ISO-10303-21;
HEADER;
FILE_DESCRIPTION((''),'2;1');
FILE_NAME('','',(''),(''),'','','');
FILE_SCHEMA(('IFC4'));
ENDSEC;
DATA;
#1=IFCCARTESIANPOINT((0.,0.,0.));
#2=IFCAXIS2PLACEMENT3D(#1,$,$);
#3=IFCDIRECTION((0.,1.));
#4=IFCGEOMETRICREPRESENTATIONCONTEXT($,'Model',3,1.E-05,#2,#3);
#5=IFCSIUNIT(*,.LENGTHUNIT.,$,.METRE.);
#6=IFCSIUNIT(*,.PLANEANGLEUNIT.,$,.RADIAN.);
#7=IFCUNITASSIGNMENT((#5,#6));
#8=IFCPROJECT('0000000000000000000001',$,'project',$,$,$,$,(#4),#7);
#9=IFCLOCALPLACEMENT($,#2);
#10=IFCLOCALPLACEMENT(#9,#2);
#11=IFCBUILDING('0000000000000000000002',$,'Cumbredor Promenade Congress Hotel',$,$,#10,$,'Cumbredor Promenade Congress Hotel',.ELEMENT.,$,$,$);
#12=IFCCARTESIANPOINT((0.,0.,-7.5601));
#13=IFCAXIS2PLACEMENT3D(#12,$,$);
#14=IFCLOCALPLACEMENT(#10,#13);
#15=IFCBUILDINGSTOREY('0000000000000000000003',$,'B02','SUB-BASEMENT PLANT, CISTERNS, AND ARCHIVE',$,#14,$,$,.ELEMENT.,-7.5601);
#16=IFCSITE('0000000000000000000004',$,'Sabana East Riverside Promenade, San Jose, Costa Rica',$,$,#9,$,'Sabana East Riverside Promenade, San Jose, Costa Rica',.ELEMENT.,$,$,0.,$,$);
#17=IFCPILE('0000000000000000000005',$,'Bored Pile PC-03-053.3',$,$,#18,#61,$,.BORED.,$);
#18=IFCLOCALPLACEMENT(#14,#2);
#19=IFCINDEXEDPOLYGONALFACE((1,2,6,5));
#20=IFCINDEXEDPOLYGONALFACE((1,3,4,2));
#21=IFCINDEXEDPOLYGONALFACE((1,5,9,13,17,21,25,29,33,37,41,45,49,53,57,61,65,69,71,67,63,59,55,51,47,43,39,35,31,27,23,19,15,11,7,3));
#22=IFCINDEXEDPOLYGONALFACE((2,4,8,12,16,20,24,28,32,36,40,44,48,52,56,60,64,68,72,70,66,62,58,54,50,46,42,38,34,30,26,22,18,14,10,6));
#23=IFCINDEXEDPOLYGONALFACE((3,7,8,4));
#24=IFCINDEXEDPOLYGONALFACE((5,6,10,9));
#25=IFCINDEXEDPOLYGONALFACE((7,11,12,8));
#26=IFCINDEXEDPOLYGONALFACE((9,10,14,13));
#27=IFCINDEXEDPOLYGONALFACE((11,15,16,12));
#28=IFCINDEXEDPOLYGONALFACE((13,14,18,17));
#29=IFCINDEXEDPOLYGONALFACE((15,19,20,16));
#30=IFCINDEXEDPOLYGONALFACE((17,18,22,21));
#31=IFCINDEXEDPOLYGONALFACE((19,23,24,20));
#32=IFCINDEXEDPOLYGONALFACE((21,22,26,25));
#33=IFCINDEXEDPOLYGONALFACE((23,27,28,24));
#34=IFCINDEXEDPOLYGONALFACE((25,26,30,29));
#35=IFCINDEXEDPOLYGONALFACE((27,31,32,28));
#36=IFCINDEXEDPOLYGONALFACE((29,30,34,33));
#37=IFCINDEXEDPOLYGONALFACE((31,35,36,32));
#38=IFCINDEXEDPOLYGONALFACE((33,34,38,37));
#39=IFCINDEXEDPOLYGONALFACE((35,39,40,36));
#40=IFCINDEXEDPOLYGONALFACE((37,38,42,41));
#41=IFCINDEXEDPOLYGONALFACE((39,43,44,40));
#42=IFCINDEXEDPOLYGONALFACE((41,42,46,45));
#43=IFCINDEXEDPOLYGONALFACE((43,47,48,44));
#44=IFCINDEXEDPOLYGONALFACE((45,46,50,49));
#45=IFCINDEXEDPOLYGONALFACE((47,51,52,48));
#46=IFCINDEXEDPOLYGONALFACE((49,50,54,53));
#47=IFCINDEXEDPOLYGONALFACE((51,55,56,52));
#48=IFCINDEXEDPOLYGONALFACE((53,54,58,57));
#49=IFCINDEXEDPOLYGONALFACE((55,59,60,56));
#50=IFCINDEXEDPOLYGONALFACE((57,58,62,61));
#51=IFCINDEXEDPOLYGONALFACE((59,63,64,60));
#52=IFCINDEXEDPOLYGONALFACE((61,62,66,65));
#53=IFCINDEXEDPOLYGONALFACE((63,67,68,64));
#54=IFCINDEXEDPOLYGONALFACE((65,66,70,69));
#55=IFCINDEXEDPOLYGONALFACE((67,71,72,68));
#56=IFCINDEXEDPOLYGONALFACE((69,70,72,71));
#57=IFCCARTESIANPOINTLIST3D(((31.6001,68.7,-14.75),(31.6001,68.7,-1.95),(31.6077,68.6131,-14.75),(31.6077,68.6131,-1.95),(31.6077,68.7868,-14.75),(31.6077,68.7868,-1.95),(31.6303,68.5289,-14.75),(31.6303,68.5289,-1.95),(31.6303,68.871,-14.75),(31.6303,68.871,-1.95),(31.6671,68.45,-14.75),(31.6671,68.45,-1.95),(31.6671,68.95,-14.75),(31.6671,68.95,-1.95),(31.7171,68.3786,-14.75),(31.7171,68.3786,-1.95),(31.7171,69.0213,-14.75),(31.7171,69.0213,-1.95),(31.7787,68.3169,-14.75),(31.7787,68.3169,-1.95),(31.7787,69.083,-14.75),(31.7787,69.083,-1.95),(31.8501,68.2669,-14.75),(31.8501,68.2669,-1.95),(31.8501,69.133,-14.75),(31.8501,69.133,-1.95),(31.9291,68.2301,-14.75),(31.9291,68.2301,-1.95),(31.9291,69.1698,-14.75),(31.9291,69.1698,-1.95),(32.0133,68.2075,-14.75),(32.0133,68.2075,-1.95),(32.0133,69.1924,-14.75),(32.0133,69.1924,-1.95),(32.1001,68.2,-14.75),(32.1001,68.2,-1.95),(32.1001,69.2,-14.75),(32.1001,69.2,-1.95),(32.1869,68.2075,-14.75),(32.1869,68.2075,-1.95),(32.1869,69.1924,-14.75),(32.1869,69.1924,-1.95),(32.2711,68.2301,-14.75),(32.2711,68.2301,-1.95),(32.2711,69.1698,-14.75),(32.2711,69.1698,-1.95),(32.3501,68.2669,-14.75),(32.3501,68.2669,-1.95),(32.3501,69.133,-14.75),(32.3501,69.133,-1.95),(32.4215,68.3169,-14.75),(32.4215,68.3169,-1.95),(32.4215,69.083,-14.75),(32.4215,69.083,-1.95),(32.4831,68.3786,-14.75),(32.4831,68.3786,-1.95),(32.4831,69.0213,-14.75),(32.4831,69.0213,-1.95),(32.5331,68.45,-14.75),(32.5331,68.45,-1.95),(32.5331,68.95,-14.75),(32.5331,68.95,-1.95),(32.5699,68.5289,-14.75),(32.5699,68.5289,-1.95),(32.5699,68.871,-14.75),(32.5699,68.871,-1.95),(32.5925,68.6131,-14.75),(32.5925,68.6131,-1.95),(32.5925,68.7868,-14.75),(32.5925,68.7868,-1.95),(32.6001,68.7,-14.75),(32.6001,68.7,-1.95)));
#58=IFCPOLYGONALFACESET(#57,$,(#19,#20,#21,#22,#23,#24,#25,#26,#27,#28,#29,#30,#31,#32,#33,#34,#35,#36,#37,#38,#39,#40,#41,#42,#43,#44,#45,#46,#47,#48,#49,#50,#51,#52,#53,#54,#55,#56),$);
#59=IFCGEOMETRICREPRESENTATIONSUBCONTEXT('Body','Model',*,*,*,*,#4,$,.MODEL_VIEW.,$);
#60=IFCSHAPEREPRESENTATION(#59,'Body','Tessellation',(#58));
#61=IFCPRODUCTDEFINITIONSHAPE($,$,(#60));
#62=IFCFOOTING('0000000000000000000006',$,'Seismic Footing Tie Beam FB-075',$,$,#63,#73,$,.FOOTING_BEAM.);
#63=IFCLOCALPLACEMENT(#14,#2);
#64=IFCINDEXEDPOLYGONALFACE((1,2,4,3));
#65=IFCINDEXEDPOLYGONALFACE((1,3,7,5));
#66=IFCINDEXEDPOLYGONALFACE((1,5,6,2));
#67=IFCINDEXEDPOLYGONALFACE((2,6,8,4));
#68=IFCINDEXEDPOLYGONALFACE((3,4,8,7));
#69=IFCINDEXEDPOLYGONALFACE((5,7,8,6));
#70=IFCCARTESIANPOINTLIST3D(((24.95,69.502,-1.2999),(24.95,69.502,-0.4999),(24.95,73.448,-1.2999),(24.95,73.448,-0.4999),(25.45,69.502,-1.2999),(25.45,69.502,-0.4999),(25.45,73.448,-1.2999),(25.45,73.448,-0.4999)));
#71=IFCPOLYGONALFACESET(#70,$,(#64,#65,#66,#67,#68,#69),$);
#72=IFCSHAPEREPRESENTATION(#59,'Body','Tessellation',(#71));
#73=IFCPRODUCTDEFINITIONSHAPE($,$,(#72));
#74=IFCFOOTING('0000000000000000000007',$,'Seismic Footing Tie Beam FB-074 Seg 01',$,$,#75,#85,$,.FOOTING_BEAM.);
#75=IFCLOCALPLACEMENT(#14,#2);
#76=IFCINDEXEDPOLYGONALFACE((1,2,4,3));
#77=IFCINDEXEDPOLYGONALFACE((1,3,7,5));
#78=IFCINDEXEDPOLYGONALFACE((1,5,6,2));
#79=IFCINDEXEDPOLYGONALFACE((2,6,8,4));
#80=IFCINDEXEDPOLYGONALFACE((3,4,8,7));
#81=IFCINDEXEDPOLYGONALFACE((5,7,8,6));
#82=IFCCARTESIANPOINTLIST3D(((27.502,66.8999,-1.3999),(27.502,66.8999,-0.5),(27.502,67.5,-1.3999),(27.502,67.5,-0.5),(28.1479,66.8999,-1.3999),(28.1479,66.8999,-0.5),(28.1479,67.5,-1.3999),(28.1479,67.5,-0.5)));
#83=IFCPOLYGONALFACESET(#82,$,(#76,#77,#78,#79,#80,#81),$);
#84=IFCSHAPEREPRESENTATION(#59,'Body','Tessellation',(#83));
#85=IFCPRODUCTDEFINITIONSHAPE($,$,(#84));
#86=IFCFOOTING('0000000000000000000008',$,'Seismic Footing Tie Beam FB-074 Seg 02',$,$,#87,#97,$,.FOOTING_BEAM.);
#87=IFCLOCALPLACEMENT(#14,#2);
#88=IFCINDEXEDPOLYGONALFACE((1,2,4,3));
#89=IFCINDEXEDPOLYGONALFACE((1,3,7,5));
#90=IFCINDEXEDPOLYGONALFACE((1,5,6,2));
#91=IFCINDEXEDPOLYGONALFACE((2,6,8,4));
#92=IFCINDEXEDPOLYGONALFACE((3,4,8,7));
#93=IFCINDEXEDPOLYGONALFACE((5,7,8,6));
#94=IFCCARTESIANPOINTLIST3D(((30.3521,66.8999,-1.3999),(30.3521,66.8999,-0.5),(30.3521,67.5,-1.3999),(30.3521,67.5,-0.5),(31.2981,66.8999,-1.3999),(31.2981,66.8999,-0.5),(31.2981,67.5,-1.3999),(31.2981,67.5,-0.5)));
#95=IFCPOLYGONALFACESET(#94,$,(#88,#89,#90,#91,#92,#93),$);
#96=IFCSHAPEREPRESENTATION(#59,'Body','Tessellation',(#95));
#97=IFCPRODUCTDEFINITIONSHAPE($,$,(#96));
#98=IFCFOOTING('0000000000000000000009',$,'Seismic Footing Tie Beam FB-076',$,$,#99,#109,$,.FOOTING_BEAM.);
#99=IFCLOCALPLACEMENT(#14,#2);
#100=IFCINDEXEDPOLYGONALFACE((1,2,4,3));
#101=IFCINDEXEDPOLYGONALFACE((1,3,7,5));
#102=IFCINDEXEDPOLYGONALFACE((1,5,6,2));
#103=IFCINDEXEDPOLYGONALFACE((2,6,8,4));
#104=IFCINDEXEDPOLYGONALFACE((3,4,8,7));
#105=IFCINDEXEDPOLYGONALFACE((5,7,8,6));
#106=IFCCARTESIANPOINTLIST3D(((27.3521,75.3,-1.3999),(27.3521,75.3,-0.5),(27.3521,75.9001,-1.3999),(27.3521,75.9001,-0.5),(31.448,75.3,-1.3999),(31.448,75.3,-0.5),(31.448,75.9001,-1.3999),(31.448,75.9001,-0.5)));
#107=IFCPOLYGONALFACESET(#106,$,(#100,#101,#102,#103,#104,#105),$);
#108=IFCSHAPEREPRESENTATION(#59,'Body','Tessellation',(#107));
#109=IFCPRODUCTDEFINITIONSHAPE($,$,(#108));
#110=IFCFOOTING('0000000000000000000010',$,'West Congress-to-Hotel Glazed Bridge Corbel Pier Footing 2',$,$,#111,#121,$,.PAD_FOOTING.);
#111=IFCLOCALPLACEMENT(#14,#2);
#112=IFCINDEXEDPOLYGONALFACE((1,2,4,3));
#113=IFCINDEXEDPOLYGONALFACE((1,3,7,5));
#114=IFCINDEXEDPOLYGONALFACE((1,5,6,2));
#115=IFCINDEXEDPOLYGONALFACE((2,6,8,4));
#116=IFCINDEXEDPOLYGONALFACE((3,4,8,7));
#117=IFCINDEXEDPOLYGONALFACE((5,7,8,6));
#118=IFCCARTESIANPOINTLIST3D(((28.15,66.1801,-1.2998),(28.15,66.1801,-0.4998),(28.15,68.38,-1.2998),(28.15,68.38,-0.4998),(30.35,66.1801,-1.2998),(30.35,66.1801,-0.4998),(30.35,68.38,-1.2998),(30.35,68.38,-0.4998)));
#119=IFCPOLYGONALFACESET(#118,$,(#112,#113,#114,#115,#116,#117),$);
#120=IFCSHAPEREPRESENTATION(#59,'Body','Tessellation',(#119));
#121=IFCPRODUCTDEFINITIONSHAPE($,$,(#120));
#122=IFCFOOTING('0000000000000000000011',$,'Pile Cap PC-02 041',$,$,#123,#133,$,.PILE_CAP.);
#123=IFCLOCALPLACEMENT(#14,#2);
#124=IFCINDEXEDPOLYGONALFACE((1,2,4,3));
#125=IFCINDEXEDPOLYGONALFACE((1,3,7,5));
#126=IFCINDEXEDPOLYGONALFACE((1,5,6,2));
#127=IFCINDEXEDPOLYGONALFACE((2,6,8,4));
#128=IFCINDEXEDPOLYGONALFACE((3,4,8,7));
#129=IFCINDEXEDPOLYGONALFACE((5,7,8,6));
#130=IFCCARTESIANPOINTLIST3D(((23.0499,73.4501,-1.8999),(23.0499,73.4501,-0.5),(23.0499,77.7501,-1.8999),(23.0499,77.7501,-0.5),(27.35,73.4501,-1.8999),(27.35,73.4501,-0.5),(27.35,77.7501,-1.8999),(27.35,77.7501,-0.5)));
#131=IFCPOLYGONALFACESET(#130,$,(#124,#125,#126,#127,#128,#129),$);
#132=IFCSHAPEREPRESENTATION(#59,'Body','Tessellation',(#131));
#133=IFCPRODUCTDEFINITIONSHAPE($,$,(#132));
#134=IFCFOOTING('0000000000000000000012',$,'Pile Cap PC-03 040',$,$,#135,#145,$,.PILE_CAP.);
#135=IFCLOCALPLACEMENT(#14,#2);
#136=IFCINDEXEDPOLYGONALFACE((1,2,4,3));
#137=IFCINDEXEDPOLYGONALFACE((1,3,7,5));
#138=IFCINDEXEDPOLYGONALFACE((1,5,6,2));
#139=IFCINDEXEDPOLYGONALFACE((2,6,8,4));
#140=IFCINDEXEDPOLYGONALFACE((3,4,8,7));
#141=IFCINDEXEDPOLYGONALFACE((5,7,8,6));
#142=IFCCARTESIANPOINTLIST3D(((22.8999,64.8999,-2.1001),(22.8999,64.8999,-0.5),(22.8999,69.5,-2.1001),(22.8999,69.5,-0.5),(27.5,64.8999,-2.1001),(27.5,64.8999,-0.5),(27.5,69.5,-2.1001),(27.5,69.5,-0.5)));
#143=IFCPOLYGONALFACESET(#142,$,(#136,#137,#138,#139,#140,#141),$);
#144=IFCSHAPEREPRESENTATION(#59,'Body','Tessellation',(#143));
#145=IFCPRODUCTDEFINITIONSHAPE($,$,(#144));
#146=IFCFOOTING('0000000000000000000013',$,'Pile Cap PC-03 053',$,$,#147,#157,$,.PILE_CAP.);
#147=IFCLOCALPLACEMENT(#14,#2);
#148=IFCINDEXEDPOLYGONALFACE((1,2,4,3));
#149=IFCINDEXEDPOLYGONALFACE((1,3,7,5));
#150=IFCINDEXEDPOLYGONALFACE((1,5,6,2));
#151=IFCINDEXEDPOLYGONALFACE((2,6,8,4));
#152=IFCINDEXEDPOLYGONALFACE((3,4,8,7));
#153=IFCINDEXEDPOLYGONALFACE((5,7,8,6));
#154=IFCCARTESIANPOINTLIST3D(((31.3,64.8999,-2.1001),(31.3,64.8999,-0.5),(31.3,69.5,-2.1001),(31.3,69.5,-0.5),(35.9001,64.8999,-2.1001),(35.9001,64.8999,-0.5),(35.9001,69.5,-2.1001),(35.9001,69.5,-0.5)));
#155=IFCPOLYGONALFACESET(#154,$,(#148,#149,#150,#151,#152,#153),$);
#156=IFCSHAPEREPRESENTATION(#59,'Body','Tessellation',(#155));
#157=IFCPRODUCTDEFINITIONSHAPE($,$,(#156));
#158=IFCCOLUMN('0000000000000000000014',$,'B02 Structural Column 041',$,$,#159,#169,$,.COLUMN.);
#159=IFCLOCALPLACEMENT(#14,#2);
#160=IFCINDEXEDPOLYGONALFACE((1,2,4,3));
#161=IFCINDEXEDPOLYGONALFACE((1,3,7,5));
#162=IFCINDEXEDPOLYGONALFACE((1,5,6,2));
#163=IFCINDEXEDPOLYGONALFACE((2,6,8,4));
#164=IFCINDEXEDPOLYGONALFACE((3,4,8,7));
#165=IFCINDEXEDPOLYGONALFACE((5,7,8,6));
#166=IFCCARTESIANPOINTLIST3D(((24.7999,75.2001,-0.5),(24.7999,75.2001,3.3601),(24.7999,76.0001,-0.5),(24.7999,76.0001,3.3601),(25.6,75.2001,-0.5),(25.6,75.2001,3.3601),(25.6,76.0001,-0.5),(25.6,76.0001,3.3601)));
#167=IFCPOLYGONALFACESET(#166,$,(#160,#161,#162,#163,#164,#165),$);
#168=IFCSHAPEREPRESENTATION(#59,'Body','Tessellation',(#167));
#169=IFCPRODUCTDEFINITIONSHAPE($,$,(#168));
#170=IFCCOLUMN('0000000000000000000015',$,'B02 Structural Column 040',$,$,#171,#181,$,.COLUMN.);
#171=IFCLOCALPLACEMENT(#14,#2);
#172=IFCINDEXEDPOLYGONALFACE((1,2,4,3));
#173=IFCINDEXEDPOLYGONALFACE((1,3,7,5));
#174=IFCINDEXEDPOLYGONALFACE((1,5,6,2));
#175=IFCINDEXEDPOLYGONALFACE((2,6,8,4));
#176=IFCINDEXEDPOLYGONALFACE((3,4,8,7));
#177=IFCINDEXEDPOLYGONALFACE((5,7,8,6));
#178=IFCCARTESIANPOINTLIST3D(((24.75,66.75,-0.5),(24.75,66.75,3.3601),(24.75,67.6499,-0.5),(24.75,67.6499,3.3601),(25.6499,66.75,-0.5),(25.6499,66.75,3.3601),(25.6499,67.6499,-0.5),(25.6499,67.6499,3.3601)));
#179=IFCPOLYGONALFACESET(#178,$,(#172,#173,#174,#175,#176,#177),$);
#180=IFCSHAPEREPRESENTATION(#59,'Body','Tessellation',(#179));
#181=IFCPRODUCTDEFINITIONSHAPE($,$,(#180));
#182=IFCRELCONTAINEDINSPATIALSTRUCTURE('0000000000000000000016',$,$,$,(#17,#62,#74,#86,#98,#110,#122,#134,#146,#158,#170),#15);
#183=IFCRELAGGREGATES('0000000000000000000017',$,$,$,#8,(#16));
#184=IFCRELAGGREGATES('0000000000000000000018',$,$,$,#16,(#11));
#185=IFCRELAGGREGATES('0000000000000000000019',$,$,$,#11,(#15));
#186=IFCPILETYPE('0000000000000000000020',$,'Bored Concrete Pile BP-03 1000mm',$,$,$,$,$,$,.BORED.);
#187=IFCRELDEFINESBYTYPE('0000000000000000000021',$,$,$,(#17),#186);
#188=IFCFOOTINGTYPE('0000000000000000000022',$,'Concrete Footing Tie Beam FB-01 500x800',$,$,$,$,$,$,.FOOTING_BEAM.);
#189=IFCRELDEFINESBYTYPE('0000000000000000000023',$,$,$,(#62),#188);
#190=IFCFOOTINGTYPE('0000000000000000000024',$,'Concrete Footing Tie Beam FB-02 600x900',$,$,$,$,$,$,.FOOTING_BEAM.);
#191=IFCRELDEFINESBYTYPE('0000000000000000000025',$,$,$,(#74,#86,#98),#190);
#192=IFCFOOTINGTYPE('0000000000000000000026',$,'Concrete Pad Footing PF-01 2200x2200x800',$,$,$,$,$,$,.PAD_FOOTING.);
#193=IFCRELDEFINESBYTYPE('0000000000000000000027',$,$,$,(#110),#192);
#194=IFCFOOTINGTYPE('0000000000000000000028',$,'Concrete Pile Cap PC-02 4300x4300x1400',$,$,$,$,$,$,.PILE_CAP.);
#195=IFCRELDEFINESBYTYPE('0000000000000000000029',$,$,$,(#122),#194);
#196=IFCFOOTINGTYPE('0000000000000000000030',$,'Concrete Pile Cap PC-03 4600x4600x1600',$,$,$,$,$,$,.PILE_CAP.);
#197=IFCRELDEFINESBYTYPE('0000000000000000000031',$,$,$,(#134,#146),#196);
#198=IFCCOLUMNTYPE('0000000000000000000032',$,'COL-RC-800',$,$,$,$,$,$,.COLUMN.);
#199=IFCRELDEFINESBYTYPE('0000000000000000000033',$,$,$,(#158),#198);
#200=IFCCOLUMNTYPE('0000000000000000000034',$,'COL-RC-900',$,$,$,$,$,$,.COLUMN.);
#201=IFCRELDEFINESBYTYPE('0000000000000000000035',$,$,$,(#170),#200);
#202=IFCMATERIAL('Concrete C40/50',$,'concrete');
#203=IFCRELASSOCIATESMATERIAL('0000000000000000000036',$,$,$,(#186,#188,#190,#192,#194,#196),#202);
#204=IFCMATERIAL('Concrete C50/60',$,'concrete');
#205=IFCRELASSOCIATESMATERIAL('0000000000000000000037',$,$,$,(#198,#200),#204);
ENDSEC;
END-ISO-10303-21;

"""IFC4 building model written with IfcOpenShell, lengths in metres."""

from ifc_helpers import new_model, si_unit, direction, frame, origin, origin_2d, place, context, subcontext, project, spatial, rectangle, circle, extrude, material, material_profile, profile_set, type_object, element, save


model = new_model("IFC4")

# Units and contexts
model_context = context("Model", 3, precision=1e-05, world=origin(), true_north=direction((0.0, 1.0)))
body_context = subcontext(model_context, "Body", "Model", "MODEL_VIEW")
ifc_project = project(units=[si_unit("LENGTHUNIT", "METRE"), si_unit("PLANEANGLEUNIT", "RADIAN")], contexts=[model_context])

# Site, building, storey
site_placement = place(None, origin())
site = spatial("IfcSite", under=ifc_project, at=site_placement, Name="Sabana East Riverside Promenade, San Jose, Costa Rica", LongName="Sabana East Riverside Promenade, San Jose, Costa Rica", CompositionType="ELEMENT", RefElevation=0.0)
building_placement = place(site_placement, origin())
building = spatial("IfcBuilding", under=site, at=building_placement, Name="Cumbredor Promenade Congress Hotel", LongName="Cumbredor Promenade Congress Hotel", CompositionType="ELEMENT")
storey_placement = place(building_placement, frame((0.0, 0.0, -7.5601)))
storey = spatial("IfcBuildingStorey", under=building, at=storey_placement, Name="B02", Description="SUB-BASEMENT PLANT, CISTERNS, AND ARCHIVE", CompositionType="ELEMENT", Elevation=-7.5601)

# Pile
ifc_material_1 = material(Name="Concrete C40/50", Category="concrete")
ifc_material_profile_1 = material_profile(ifc_material_1, circle(Radius=0.5, at=origin_2d()), Name="PILE D1000")
ifc_profile_set_1 = profile_set([ifc_material_profile_1], Name="Concrete C40/50")
pile_type_1 = type_object("IfcPileType", Name="Bored Concrete Pile BP-03 1000mm", PredefinedType="BORED", material=ifc_profile_set_1)
for number, where, z_axis, x_axis, name in (
    (1, (32.1001, 68.7, -1.95), (0.0, 0.0, -1.0), (1.0, 0.0, 0.0), "Bored Pile PC-03-053.3"),
):
    element("IfcPile", number, at=place(storey_placement, frame(where, z_axis=z_axis, x_axis=x_axis)), inside=storey, type_object=pile_type_1, Name=name, PredefinedType="BORED", context=body_context, shape_type="SweptSolid", body=[
        extrude(circle(Radius=0.5, at=origin_2d()), origin(), (0.0, 0.0, 1.0), 12.8),
    ])

# Footings
ifc_material_profile_2 = material_profile(ifc_material_1, rectangle(XDim=0.5, YDim=0.8, at=origin_2d()), Name="FB 500x800")
ifc_profile_set_2 = profile_set([ifc_material_profile_2], Name="Concrete C40/50")
footing_type_1 = type_object("IfcFootingType", Name="Concrete Footing Tie Beam FB-01 500x800", PredefinedType="FOOTING_BEAM", material=ifc_profile_set_2)
footing_1_placement = place(storey_placement, frame((25.2, 69.502, -0.8999), z_axis=(0.0, 1.0, 0.0), x_axis=(-1.0, 0.0, 0.0)))
element("IfcFooting", 2, at=footing_1_placement, inside=storey, type_object=footing_type_1, Name="Seismic Footing Tie Beam FB-075", PredefinedType="FOOTING_BEAM", context=body_context, shape_type="SweptSolid", body=[
    extrude(rectangle(XDim=0.5, YDim=0.8, at=origin_2d()), origin(), (0.0, 0.0, 1.0), 3.946),
])
ifc_material_profile_3 = material_profile(ifc_material_1, rectangle(XDim=0.6001, YDim=0.8999, at=origin_2d()), Name="FB 600x900")
ifc_profile_set_3 = profile_set([ifc_material_profile_3], Name="Concrete C40/50")
footing_type_2 = type_object("IfcFootingType", Name="Concrete Footing Tie Beam FB-02 600x900", PredefinedType="FOOTING_BEAM", material=ifc_profile_set_3)
footing_2_placement = place(storey_placement, frame((27.502, 67.2, -0.95), z_axis=(1.0, 0.0, 0.0), x_axis=(0.0, 1.0, 0.0)))
element("IfcFooting", 3, at=footing_2_placement, inside=storey, type_object=footing_type_2, Name="Seismic Footing Tie Beam FB-074 Seg 01", PredefinedType="FOOTING_BEAM", context=body_context, shape_type="SweptSolid", body=[
    extrude(rectangle(XDim=0.6001, YDim=0.8999, at=origin_2d()), origin(), (0.0, 0.0, 1.0), 0.646),
])
footing_3_placement = place(storey_placement, frame((30.3521, 67.2, -0.95), z_axis=(1.0, 0.0, 0.0), x_axis=(0.0, 1.0, 0.0)))
element("IfcFooting", 4, at=footing_3_placement, inside=storey, type_object=footing_type_2, Name="Seismic Footing Tie Beam FB-074 Seg 02", PredefinedType="FOOTING_BEAM", context=body_context, shape_type="SweptSolid", body=[
    extrude(rectangle(XDim=0.6001, YDim=0.8999, at=origin_2d()), origin(), (0.0, 0.0, 1.0), 0.946),
])
footing_4_placement = place(storey_placement, frame((27.3521, 75.6001, -0.95), z_axis=(1.0, 0.0, 0.0), x_axis=(0.0, 1.0, 0.0)))
element("IfcFooting", 5, at=footing_4_placement, inside=storey, type_object=footing_type_2, Name="Seismic Footing Tie Beam FB-076", PredefinedType="FOOTING_BEAM", context=body_context, shape_type="SweptSolid", body=[
    extrude(rectangle(XDim=0.6001, YDim=0.8999, at=origin_2d()), origin(), (0.0, 0.0, 1.0), 4.0959),
])
footing_type_3 = type_object("IfcFootingType", Name="Concrete Pad Footing PF-01 2200x2200x800", PredefinedType="PAD_FOOTING", material=ifc_material_1)
footing_5_placement = place(storey_placement, frame((29.25, 67.28, -1.2998), z_axis=(0.0, 0.0, 1.0), x_axis=(1.0, 0.0, 0.0)))
element("IfcFooting", 6, at=footing_5_placement, inside=storey, type_object=footing_type_3, Name="West Congress-to-Hotel Glazed Bridge Corbel Pier Footing 2", PredefinedType="PAD_FOOTING", context=body_context, shape_type="SweptSolid", body=[
    extrude(rectangle(XDim=2.2, YDim=2.2, at=origin_2d()), origin(), (0.0, 0.0, 1.0), 0.8),
])
footing_type_4 = type_object("IfcFootingType", Name="Concrete Pile Cap PC-02 4300x4300x1400", PredefinedType="PILE_CAP", material=ifc_material_1)
footing_6_placement = place(storey_placement, frame((25.2, 75.6001, -1.8999), z_axis=(0.0, 0.0, 1.0), x_axis=(1.0, 0.0, 0.0)))
element("IfcFooting", 7, at=footing_6_placement, inside=storey, type_object=footing_type_4, Name="Pile Cap PC-02 041", PredefinedType="PILE_CAP", context=body_context, shape_type="SweptSolid", body=[
    extrude(rectangle(XDim=4.3, YDim=4.3, at=origin_2d()), origin(), (0.0, 0.0, 1.0), 1.3999),
])
footing_type_5 = type_object("IfcFootingType", Name="Concrete Pile Cap PC-03 4600x4600x1600", PredefinedType="PILE_CAP", material=ifc_material_1)
for number, where, z_axis, x_axis, name in (
    (8, (25.2, 67.2, -2.1001), (0.0, 0.0, 1.0), (1.0, 0.0, 0.0), "Pile Cap PC-03 040"),
    (9, (33.6001, 67.2, -2.1001), (0.0, 0.0, 1.0), (1.0, 0.0, 0.0), "Pile Cap PC-03 053"),
):
    element("IfcFooting", number, at=place(storey_placement, frame(where, z_axis=z_axis, x_axis=x_axis)), inside=storey, type_object=footing_type_5, Name=name, PredefinedType="PILE_CAP", context=body_context, shape_type="SweptSolid", body=[
        extrude(rectangle(XDim=4.6001, YDim=4.6001, at=origin_2d()), origin(), (0.0, 0.0, 1.0), 1.6001),
    ])

# Columns
ifc_material_2 = material(Name="Concrete C50/60", Category="concrete")
ifc_material_profile_4 = material_profile(ifc_material_2, rectangle(XDim=0.8, YDim=0.8, at=origin_2d()), Name="RC 800x800")
ifc_profile_set_4 = profile_set([ifc_material_profile_4], Name="Concrete C50/60")
column_type_1 = type_object("IfcColumnType", Name="COL-RC-800", PredefinedType="COLUMN", material=ifc_profile_set_4)
column_1_placement = place(storey_placement, frame((25.2, 75.6001, -0.5), z_axis=(0.0, 0.0, 1.0), x_axis=(1.0, 0.0, 0.0)))
element("IfcColumn", 10, at=column_1_placement, inside=storey, type_object=column_type_1, Name="B02 Structural Column 041", PredefinedType="COLUMN", context=body_context, shape_type="SweptSolid", body=[
    extrude(rectangle(XDim=0.8, YDim=0.8, at=origin_2d()), origin(), (0.0, 0.0, 1.0), 3.8601),
])
ifc_material_profile_5 = material_profile(ifc_material_2, rectangle(XDim=0.8999, YDim=0.8999, at=origin_2d()), Name="RC 900x900")
ifc_profile_set_5 = profile_set([ifc_material_profile_5], Name="Concrete C50/60")
column_type_2 = type_object("IfcColumnType", Name="COL-RC-900", PredefinedType="COLUMN", material=ifc_profile_set_5)
column_2_placement = place(storey_placement, frame((25.2, 67.2, -0.5), z_axis=(0.0, 0.0, 1.0), x_axis=(1.0, 0.0, 0.0)))
element("IfcColumn", 11, at=column_2_placement, inside=storey, type_object=column_type_2, Name="B02 Structural Column 040", PredefinedType="COLUMN", context=body_context, shape_type="SweptSolid", body=[
    extrude(rectangle(XDim=0.8999, YDim=0.8999, at=origin_2d()), origin(), (0.0, 0.0, 1.0), 3.8601),
])

save(model, "model.ifc")
